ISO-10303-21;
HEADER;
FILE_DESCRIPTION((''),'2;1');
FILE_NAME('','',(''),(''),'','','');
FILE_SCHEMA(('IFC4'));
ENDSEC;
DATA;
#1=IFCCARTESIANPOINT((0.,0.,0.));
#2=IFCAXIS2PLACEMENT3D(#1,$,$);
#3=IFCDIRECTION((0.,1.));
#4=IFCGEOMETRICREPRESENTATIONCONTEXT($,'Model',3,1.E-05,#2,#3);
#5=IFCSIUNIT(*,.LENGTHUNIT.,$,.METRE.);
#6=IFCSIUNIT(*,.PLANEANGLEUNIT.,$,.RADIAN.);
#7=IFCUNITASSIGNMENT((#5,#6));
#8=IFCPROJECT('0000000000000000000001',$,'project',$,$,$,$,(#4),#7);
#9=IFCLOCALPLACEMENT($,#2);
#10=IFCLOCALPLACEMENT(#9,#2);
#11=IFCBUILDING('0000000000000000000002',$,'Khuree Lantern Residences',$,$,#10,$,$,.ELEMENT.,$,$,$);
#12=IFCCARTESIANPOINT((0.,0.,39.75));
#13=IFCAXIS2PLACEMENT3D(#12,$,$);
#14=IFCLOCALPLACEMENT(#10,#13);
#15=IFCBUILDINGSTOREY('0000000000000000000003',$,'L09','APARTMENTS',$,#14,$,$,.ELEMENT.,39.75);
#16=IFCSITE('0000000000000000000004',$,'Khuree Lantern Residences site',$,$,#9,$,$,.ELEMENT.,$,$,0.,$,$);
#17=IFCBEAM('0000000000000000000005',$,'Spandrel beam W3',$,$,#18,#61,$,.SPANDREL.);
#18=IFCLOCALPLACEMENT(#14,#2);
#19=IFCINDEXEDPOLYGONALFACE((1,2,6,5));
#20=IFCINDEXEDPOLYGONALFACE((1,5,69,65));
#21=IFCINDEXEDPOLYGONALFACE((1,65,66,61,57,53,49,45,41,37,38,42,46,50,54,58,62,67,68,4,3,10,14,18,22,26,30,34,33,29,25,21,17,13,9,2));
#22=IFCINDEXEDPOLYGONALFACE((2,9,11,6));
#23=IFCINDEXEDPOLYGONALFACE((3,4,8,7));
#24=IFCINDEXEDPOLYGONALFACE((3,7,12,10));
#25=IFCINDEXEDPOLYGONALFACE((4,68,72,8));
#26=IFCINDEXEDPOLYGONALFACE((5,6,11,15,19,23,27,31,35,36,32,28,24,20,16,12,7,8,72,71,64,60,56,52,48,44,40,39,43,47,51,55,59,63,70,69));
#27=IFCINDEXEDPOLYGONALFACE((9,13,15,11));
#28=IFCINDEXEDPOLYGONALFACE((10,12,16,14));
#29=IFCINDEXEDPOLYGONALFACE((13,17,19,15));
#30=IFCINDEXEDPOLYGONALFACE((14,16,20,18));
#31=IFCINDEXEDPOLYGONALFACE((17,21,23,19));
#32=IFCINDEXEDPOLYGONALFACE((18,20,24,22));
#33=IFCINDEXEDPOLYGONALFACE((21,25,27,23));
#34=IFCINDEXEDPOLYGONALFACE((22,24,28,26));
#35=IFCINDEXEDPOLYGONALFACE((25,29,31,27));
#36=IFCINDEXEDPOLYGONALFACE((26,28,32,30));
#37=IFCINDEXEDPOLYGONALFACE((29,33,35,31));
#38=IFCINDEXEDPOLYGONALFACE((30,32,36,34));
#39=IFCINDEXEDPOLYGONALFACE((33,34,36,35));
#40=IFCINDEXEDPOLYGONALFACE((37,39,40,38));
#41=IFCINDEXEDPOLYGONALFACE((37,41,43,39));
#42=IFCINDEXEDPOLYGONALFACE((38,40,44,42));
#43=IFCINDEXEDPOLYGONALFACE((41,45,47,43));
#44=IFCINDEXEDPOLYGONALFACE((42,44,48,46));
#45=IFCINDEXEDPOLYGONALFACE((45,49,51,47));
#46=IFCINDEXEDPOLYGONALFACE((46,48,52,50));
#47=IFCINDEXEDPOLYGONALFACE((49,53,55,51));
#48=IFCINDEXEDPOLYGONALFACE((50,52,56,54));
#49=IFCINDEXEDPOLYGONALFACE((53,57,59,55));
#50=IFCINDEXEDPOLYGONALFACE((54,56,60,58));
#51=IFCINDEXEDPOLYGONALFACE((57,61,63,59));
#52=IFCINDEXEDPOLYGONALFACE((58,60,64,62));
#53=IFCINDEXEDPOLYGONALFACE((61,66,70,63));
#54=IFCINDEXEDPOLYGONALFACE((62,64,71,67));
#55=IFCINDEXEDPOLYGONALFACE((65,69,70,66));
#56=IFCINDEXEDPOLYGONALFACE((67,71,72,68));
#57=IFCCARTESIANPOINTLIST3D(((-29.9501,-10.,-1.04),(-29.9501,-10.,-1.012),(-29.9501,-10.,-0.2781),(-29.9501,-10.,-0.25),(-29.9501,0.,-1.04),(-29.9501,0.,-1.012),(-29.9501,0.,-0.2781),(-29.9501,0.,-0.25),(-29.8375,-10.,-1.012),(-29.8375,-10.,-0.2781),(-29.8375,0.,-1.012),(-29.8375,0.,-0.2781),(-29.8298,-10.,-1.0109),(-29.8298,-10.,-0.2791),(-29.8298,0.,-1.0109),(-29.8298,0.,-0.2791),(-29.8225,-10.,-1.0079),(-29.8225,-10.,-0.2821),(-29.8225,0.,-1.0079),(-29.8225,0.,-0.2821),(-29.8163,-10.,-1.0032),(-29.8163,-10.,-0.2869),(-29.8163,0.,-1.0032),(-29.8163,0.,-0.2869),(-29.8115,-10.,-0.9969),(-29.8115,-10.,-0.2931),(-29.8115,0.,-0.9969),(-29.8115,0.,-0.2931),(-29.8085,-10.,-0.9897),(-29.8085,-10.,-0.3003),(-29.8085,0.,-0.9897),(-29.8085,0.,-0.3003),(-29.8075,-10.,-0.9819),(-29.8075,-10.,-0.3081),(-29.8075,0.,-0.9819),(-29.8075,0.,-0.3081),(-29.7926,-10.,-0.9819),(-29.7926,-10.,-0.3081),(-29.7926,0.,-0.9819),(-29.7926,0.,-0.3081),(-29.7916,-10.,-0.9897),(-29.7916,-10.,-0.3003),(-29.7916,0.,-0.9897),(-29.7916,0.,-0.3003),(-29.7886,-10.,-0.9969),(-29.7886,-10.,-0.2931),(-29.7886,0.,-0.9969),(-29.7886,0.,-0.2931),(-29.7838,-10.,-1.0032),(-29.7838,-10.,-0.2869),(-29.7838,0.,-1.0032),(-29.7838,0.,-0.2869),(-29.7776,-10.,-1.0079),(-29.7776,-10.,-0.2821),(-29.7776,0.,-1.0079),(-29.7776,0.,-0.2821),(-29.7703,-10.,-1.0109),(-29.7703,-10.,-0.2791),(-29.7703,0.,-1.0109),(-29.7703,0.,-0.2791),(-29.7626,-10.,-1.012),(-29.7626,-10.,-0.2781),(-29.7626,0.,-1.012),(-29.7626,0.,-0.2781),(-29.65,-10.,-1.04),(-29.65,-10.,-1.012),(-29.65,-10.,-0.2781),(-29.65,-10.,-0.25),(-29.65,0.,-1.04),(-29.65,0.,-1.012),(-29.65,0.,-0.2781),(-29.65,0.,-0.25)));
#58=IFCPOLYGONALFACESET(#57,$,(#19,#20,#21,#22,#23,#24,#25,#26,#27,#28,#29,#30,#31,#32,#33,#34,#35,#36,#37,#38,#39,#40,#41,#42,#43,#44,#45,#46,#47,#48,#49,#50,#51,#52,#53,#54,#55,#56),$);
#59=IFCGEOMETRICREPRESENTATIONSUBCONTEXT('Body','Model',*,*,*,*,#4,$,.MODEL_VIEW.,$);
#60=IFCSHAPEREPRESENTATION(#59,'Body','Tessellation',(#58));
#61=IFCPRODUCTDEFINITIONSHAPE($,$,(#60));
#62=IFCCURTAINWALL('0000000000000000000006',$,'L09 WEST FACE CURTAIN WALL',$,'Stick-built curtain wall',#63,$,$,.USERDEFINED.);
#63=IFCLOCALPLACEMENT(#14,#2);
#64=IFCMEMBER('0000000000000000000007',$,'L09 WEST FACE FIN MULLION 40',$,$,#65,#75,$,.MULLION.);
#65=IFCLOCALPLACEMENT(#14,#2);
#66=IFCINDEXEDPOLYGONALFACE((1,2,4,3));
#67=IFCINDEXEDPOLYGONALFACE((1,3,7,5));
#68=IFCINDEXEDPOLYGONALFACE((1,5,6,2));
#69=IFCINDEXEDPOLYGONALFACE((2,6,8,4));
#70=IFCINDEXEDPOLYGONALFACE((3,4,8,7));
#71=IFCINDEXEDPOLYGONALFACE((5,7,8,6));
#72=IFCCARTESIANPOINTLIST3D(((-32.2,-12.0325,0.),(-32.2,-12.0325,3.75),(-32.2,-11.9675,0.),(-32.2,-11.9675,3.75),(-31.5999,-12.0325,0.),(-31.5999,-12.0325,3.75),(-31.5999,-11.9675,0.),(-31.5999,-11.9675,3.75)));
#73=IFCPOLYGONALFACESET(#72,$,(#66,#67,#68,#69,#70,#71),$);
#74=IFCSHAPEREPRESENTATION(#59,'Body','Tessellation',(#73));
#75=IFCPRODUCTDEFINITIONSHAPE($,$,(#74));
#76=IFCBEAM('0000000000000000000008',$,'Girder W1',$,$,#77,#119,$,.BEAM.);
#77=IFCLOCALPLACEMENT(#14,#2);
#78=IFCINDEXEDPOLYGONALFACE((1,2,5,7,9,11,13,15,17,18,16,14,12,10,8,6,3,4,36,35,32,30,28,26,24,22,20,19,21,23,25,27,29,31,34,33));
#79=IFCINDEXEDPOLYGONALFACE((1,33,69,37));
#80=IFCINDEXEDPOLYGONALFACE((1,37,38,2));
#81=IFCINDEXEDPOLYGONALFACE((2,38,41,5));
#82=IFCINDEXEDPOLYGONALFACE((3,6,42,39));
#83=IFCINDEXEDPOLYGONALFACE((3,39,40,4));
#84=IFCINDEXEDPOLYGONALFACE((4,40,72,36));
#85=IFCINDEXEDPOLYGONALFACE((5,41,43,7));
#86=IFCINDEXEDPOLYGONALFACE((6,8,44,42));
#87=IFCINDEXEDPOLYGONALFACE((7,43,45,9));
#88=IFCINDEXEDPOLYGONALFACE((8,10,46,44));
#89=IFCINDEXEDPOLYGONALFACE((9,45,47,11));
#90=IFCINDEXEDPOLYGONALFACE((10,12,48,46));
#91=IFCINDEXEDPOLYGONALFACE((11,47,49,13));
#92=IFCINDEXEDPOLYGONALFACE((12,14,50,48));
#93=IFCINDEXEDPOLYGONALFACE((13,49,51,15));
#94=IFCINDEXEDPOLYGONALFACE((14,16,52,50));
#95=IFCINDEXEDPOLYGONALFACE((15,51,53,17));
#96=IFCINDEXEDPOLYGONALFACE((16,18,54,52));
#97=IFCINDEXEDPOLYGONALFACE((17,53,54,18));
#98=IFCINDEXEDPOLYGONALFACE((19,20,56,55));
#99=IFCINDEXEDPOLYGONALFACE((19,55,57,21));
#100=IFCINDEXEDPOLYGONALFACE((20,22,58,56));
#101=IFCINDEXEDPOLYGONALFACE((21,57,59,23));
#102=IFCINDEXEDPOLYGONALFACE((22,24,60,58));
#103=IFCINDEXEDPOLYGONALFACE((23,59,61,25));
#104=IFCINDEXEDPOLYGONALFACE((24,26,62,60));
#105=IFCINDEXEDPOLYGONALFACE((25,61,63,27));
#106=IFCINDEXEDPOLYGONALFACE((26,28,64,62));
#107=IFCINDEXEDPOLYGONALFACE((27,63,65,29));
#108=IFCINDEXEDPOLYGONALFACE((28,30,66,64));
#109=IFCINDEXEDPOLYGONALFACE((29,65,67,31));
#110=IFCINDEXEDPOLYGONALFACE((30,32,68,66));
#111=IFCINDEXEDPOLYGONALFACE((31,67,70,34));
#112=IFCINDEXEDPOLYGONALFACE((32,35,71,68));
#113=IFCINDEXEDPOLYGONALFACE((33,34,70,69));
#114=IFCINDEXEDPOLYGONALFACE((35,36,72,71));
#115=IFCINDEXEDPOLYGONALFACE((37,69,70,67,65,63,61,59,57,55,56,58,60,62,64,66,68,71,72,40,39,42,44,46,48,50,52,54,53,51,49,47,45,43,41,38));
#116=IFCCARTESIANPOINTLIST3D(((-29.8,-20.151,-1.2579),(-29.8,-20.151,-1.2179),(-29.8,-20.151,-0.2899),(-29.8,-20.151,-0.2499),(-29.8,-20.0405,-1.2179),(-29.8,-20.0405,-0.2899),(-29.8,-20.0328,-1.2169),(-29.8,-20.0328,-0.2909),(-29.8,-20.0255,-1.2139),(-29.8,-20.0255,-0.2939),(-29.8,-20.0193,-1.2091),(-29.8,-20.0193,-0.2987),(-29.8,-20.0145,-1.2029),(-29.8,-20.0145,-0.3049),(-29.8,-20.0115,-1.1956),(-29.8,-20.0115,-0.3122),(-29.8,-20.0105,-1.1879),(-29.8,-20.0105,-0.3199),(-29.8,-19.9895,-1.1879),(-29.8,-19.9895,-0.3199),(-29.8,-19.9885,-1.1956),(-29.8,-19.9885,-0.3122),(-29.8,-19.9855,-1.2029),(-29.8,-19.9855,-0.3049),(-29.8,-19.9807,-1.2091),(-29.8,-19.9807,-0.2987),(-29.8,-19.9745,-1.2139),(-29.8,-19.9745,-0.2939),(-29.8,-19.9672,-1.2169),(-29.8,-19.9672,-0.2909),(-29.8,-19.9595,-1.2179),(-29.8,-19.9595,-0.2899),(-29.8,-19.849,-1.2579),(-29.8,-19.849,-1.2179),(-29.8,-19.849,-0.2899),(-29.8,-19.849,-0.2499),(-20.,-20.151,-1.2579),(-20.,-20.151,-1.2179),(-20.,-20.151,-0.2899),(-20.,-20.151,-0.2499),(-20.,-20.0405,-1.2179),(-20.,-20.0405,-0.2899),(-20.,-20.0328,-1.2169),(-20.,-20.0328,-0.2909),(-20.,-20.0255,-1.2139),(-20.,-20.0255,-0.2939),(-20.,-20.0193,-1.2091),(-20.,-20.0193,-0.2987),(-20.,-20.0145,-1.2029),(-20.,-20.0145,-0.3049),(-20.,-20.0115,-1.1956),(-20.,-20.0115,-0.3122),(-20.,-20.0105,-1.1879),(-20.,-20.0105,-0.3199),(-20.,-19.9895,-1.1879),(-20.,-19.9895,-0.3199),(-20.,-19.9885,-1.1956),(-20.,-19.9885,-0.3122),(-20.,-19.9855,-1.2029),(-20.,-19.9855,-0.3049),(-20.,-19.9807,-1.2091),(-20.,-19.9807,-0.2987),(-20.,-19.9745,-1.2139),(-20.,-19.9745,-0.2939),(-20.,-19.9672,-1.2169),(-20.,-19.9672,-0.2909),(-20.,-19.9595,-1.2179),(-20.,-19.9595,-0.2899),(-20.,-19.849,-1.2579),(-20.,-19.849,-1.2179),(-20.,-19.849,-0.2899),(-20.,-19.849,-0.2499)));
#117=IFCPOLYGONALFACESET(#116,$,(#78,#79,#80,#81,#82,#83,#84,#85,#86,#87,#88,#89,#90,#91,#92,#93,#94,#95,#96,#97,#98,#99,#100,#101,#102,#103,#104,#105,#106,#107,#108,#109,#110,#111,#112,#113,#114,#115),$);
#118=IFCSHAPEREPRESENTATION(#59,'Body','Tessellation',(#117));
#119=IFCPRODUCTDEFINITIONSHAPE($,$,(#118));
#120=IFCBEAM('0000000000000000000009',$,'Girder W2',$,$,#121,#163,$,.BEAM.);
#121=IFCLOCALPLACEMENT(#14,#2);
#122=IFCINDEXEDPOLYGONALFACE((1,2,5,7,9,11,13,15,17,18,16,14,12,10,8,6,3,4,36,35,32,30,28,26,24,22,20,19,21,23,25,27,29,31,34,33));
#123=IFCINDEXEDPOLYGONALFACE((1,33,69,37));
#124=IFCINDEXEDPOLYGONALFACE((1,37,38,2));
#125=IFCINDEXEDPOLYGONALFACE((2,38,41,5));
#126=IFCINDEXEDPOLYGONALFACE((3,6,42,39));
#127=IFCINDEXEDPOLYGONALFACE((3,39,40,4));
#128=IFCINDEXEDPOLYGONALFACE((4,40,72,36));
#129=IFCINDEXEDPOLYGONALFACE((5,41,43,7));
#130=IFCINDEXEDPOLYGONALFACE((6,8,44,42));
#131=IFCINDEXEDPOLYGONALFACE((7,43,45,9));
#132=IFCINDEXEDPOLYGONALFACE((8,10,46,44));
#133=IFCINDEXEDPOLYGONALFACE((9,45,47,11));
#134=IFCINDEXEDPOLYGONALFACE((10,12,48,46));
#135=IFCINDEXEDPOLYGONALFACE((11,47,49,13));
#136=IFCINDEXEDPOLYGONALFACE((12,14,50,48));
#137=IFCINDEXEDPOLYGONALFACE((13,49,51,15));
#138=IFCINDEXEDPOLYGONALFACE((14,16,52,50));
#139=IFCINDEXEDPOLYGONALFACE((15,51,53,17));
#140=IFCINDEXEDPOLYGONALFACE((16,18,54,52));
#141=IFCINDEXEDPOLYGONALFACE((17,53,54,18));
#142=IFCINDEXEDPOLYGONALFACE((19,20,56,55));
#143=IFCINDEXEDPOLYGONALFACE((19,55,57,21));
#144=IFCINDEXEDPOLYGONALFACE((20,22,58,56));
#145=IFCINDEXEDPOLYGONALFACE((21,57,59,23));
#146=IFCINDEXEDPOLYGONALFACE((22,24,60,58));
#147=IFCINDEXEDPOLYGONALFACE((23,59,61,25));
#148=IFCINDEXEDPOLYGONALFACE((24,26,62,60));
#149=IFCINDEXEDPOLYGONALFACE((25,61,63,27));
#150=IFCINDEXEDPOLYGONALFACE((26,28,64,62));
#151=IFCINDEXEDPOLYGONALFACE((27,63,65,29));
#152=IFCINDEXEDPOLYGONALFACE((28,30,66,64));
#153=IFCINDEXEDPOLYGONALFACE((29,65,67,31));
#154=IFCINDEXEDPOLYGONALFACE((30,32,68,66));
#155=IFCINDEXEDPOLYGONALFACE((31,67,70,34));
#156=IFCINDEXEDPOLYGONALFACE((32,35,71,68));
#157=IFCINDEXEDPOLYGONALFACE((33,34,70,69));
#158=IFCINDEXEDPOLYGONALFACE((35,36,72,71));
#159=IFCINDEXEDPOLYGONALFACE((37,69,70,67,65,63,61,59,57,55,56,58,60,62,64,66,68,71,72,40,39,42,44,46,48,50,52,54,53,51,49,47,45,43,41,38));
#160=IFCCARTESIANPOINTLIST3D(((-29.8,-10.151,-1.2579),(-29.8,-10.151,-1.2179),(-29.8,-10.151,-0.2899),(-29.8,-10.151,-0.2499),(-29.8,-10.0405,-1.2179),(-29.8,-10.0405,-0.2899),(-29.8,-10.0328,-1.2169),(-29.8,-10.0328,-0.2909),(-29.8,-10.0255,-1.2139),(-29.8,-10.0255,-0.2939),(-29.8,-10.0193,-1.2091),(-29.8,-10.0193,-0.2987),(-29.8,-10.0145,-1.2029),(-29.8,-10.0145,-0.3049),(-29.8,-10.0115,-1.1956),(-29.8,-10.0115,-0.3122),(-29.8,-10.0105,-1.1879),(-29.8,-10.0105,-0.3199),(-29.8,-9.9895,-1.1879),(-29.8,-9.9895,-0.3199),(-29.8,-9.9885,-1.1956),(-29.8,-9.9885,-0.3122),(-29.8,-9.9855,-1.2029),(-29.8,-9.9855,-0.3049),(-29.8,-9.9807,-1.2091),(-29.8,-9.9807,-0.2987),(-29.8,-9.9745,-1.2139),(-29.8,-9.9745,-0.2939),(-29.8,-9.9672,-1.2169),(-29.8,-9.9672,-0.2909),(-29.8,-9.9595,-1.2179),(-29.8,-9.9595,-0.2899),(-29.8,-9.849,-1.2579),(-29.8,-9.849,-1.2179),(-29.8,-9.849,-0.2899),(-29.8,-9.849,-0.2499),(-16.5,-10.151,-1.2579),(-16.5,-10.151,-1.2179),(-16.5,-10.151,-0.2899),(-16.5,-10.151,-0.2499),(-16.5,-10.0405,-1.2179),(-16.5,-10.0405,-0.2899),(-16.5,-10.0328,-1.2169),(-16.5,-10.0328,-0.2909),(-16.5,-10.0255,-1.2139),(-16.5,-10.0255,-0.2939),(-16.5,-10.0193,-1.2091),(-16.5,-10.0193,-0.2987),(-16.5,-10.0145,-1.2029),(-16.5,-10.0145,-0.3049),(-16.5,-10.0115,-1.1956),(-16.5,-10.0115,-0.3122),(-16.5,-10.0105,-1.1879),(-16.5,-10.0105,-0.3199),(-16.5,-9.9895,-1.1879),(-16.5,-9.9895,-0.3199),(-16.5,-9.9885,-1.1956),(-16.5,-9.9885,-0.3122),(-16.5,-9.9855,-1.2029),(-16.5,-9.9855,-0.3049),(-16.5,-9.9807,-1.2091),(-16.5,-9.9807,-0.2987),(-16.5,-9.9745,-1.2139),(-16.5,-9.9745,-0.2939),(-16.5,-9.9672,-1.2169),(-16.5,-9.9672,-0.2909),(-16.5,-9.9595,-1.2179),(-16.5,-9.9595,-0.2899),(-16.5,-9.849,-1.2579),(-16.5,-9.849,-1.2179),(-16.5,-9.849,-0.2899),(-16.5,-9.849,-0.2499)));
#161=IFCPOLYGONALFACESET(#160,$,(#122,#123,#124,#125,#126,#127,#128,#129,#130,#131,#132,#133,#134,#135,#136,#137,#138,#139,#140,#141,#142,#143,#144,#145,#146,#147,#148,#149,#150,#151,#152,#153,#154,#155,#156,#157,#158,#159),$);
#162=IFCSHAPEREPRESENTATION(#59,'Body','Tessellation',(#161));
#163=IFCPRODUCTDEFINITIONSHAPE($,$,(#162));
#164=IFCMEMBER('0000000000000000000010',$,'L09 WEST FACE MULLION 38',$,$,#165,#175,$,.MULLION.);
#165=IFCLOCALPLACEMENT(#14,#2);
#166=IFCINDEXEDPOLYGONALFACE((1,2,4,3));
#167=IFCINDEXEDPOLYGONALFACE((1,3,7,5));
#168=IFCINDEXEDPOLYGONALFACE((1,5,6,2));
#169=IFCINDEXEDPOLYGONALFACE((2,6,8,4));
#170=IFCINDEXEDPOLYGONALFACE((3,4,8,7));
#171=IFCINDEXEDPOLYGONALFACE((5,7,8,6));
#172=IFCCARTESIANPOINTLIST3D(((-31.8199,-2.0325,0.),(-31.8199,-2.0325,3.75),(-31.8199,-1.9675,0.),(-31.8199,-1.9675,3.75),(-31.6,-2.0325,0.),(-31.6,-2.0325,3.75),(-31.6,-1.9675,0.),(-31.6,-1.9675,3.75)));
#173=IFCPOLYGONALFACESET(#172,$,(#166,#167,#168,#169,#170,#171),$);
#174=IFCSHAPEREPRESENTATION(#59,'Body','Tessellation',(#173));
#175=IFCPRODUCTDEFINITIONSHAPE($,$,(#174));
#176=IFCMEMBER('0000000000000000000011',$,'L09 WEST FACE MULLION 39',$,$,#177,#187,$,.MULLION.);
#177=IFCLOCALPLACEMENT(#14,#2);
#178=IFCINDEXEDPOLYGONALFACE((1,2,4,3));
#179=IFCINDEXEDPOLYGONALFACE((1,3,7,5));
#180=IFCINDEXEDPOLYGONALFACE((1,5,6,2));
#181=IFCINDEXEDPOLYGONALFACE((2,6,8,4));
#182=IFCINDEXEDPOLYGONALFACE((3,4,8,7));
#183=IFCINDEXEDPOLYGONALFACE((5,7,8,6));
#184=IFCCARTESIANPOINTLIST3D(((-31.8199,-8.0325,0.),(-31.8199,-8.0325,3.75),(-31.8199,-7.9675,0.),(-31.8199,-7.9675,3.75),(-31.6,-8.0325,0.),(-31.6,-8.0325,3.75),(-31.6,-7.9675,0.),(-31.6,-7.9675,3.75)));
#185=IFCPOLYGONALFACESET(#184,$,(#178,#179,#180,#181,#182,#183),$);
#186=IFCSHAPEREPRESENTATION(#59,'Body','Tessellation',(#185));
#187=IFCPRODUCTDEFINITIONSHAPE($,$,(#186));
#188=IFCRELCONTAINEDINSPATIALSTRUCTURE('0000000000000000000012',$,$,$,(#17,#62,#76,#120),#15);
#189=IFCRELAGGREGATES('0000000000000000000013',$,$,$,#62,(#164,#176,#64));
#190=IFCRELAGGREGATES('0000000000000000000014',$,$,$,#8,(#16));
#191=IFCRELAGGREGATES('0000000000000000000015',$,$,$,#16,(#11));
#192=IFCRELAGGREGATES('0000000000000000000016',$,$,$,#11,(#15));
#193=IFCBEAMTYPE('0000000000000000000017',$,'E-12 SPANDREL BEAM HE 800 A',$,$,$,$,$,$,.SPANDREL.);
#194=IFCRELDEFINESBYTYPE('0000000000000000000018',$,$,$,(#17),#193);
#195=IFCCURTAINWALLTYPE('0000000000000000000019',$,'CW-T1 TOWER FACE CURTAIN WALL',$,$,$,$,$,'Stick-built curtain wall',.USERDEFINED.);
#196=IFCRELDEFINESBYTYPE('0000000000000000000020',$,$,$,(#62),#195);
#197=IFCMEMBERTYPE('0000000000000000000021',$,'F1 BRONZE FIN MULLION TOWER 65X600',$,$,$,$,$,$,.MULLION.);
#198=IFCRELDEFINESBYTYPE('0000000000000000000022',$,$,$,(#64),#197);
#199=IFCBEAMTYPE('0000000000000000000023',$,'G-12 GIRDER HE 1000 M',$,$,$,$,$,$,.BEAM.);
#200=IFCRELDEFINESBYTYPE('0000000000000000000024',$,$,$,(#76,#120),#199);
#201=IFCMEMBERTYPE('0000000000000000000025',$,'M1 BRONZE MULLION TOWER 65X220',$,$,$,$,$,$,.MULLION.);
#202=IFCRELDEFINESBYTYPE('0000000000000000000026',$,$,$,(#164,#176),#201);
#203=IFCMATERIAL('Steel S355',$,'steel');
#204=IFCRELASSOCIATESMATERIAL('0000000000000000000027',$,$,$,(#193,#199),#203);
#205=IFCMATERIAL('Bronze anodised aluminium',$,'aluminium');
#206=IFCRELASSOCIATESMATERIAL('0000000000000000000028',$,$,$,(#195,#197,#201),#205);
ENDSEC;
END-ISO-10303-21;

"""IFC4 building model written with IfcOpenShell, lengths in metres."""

from ifc_helpers import new_model, si_unit, direction, frame, origin, origin_2d, place, context, subcontext, project, spatial, rectangle, i_section, extrude, material, material_profile, profile_set, type_object, element, aggregate, save


model = new_model("IFC4")

# Units and contexts
model_context = context("Model", 3, precision=1e-05, world=origin(), true_north=direction((0.0, 1.0)))
body_context = subcontext(model_context, "Body", "Model", "MODEL_VIEW")
ifc_project = project(units=[si_unit("LENGTHUNIT", "METRE"), si_unit("PLANEANGLEUNIT", "RADIAN")], contexts=[model_context])

# Site, building, storey
site_placement = place(None, origin())
site = spatial("IfcSite", under=ifc_project, at=site_placement, Name="Khuree Lantern Residences site", CompositionType="ELEMENT", RefElevation=0.0)
building_placement = place(site_placement, origin())
building = spatial("IfcBuilding", under=site, at=building_placement, Name="Khuree Lantern Residences", CompositionType="ELEMENT")
storey_placement = place(building_placement, frame((0.0, 0.0, 39.75)))
storey = spatial("IfcBuildingStorey", under=building, at=storey_placement, Name="L09", Description="APARTMENTS", CompositionType="ELEMENT", Elevation=39.75)

# Beam
ifc_material_1 = material(Name="Steel S355", Category="steel")
ifc_material_profile_1 = material_profile(ifc_material_1, i_section(OverallWidth=0.3, OverallDepth=0.79, WebThickness=0.0149, FlangeThickness=0.0281, FilletRadius=0.03, at=origin_2d()), Name="HE 800 A")
ifc_profile_set_1 = profile_set([ifc_material_profile_1], Name="Steel S355")
beam_type_1 = type_object("IfcBeamType", Name="E-12 SPANDREL BEAM HE 800 A", PredefinedType="SPANDREL", material=ifc_profile_set_1)
for number, where, z_axis, x_axis, name in (
    (1, (-29.8, -10.0, -0.645), (0.0, 1.0, 0.0), (-1.0, 0.0, 0.0), "Spandrel beam W3"),
):
    element("IfcBeam", number, at=place(storey_placement, frame(where, z_axis=z_axis, x_axis=x_axis)), inside=storey, type_object=beam_type_1, Name=name, PredefinedType="SPANDREL", context=body_context, shape_type="SweptSolid", body=[
        extrude(i_section(OverallWidth=0.3, OverallDepth=0.79, WebThickness=0.0149, FlangeThickness=0.0281, FilletRadius=0.03, at=origin_2d()), origin(), (0.0, 0.0, 1.0), 10.0),
    ])

# Curtain wall, member
ifc_material_2 = material(Name="Bronze anodised aluminium", Category="aluminium")
curtain_wall_type = type_object("IfcCurtainWallType", Name="CW-T1 TOWER FACE CURTAIN WALL", ElementType="Stick-built curtain wall", PredefinedType="USERDEFINED", material=ifc_material_2)
curtain_wall_placement = place(storey_placement, origin())
curtain_wall = element("IfcCurtainWall", 2, at=curtain_wall_placement, inside=storey, type_object=curtain_wall_type, Name="L09 WEST FACE CURTAIN WALL", ObjectType="Stick-built curtain wall", PredefinedType="USERDEFINED")
ifc_material_profile_2 = material_profile(ifc_material_2, rectangle(XDim=0.0649, YDim=0.6001, at=origin_2d()), Name="F1 65X600")
ifc_profile_set_2 = profile_set([ifc_material_profile_2], Name="Bronze anodised aluminium")
member_type_1 = type_object("IfcMemberType", Name="F1 BRONZE FIN MULLION TOWER 65X600", PredefinedType="MULLION", material=ifc_profile_set_2)
member_1_placement = place(storey_placement, frame((-31.8999, -12.0, 0.0), z_axis=(0.0, 0.0, 1.0), x_axis=(0.0, -1.0, 0.0)))
member_1 = element("IfcMember", 3, at=member_1_placement, type_object=member_type_1, Name="L09 WEST FACE FIN MULLION 40", PredefinedType="MULLION", context=body_context, shape_type="SweptSolid", body=[
    extrude(rectangle(XDim=0.0649, YDim=0.6001, at=origin_2d()), origin(), (0.0, 0.0, 1.0), 3.75),
])

# Beams
ifc_material_profile_3 = material_profile(ifc_material_1, i_section(OverallWidth=0.302, OverallDepth=1.0081, WebThickness=0.021, FlangeThickness=0.04, FilletRadius=0.03, at=origin_2d()), Name="HE 1000 M")
ifc_profile_set_3 = profile_set([ifc_material_profile_3], Name="Steel S355")
beam_type_2 = type_object("IfcBeamType", Name="G-12 GIRDER HE 1000 M", PredefinedType="BEAM", material=ifc_profile_set_3)
beam_1_placement = place(storey_placement, frame((-29.8, -20.0, -0.7539), z_axis=(1.0, 0.0, 0.0), x_axis=(0.0, 1.0, 0.0)))
element("IfcBeam", 4, at=beam_1_placement, inside=storey, type_object=beam_type_2, Name="Girder W1", PredefinedType="BEAM", context=body_context, shape_type="SweptSolid", body=[
    extrude(i_section(OverallWidth=0.302, OverallDepth=1.0081, WebThickness=0.021, FlangeThickness=0.04, FilletRadius=0.03, at=origin_2d()), origin(), (0.0, 0.0, 1.0), 9.8),
])
beam_2_placement = place(storey_placement, frame((-29.8, -10.0, -0.7539), z_axis=(1.0, 0.0, 0.0), x_axis=(0.0, 1.0, 0.0)))
element("IfcBeam", 5, at=beam_2_placement, inside=storey, type_object=beam_type_2, Name="Girder W2", PredefinedType="BEAM", context=body_context, shape_type="SweptSolid", body=[
    extrude(i_section(OverallWidth=0.302, OverallDepth=1.0081, WebThickness=0.021, FlangeThickness=0.04, FilletRadius=0.03, at=origin_2d()), origin(), (0.0, 0.0, 1.0), 13.3),
])

# Members
ifc_material_profile_4 = material_profile(ifc_material_2, rectangle(XDim=0.0649, YDim=0.22, at=origin_2d()), Name="M1 65X220")
ifc_profile_set_4 = profile_set([ifc_material_profile_4], Name="Bronze anodised aluminium")
member_type_2 = type_object("IfcMemberType", Name="M1 BRONZE MULLION TOWER 65X220", PredefinedType="MULLION", material=ifc_profile_set_4)
member_2_placement = place(storey_placement, frame((-31.71, -2.0, 0.0), z_axis=(0.0, 0.0, 1.0), x_axis=(0.0, -1.0, 0.0)))
member_2 = element("IfcMember", 6, at=member_2_placement, type_object=member_type_2, Name="L09 WEST FACE MULLION 38", PredefinedType="MULLION", context=body_context, shape_type="SweptSolid", body=[
    extrude(rectangle(XDim=0.0649, YDim=0.22, at=origin_2d()), origin(), (0.0, 0.0, 1.0), 3.75),
])
member_3_placement = place(storey_placement, frame((-31.71, -8.0, 0.0), z_axis=(0.0, 0.0, 1.0), x_axis=(0.0, -1.0, 0.0)))
member_3 = element("IfcMember", 7, at=member_3_placement, type_object=member_type_2, Name="L09 WEST FACE MULLION 39", PredefinedType="MULLION", context=body_context, shape_type="SweptSolid", body=[
    extrude(rectangle(XDim=0.0649, YDim=0.22, at=origin_2d()), origin(), (0.0, 0.0, 1.0), 3.75),
])

aggregate(curtain_wall, [member_2, member_3, member_1])

save(model, "model.ifc")
